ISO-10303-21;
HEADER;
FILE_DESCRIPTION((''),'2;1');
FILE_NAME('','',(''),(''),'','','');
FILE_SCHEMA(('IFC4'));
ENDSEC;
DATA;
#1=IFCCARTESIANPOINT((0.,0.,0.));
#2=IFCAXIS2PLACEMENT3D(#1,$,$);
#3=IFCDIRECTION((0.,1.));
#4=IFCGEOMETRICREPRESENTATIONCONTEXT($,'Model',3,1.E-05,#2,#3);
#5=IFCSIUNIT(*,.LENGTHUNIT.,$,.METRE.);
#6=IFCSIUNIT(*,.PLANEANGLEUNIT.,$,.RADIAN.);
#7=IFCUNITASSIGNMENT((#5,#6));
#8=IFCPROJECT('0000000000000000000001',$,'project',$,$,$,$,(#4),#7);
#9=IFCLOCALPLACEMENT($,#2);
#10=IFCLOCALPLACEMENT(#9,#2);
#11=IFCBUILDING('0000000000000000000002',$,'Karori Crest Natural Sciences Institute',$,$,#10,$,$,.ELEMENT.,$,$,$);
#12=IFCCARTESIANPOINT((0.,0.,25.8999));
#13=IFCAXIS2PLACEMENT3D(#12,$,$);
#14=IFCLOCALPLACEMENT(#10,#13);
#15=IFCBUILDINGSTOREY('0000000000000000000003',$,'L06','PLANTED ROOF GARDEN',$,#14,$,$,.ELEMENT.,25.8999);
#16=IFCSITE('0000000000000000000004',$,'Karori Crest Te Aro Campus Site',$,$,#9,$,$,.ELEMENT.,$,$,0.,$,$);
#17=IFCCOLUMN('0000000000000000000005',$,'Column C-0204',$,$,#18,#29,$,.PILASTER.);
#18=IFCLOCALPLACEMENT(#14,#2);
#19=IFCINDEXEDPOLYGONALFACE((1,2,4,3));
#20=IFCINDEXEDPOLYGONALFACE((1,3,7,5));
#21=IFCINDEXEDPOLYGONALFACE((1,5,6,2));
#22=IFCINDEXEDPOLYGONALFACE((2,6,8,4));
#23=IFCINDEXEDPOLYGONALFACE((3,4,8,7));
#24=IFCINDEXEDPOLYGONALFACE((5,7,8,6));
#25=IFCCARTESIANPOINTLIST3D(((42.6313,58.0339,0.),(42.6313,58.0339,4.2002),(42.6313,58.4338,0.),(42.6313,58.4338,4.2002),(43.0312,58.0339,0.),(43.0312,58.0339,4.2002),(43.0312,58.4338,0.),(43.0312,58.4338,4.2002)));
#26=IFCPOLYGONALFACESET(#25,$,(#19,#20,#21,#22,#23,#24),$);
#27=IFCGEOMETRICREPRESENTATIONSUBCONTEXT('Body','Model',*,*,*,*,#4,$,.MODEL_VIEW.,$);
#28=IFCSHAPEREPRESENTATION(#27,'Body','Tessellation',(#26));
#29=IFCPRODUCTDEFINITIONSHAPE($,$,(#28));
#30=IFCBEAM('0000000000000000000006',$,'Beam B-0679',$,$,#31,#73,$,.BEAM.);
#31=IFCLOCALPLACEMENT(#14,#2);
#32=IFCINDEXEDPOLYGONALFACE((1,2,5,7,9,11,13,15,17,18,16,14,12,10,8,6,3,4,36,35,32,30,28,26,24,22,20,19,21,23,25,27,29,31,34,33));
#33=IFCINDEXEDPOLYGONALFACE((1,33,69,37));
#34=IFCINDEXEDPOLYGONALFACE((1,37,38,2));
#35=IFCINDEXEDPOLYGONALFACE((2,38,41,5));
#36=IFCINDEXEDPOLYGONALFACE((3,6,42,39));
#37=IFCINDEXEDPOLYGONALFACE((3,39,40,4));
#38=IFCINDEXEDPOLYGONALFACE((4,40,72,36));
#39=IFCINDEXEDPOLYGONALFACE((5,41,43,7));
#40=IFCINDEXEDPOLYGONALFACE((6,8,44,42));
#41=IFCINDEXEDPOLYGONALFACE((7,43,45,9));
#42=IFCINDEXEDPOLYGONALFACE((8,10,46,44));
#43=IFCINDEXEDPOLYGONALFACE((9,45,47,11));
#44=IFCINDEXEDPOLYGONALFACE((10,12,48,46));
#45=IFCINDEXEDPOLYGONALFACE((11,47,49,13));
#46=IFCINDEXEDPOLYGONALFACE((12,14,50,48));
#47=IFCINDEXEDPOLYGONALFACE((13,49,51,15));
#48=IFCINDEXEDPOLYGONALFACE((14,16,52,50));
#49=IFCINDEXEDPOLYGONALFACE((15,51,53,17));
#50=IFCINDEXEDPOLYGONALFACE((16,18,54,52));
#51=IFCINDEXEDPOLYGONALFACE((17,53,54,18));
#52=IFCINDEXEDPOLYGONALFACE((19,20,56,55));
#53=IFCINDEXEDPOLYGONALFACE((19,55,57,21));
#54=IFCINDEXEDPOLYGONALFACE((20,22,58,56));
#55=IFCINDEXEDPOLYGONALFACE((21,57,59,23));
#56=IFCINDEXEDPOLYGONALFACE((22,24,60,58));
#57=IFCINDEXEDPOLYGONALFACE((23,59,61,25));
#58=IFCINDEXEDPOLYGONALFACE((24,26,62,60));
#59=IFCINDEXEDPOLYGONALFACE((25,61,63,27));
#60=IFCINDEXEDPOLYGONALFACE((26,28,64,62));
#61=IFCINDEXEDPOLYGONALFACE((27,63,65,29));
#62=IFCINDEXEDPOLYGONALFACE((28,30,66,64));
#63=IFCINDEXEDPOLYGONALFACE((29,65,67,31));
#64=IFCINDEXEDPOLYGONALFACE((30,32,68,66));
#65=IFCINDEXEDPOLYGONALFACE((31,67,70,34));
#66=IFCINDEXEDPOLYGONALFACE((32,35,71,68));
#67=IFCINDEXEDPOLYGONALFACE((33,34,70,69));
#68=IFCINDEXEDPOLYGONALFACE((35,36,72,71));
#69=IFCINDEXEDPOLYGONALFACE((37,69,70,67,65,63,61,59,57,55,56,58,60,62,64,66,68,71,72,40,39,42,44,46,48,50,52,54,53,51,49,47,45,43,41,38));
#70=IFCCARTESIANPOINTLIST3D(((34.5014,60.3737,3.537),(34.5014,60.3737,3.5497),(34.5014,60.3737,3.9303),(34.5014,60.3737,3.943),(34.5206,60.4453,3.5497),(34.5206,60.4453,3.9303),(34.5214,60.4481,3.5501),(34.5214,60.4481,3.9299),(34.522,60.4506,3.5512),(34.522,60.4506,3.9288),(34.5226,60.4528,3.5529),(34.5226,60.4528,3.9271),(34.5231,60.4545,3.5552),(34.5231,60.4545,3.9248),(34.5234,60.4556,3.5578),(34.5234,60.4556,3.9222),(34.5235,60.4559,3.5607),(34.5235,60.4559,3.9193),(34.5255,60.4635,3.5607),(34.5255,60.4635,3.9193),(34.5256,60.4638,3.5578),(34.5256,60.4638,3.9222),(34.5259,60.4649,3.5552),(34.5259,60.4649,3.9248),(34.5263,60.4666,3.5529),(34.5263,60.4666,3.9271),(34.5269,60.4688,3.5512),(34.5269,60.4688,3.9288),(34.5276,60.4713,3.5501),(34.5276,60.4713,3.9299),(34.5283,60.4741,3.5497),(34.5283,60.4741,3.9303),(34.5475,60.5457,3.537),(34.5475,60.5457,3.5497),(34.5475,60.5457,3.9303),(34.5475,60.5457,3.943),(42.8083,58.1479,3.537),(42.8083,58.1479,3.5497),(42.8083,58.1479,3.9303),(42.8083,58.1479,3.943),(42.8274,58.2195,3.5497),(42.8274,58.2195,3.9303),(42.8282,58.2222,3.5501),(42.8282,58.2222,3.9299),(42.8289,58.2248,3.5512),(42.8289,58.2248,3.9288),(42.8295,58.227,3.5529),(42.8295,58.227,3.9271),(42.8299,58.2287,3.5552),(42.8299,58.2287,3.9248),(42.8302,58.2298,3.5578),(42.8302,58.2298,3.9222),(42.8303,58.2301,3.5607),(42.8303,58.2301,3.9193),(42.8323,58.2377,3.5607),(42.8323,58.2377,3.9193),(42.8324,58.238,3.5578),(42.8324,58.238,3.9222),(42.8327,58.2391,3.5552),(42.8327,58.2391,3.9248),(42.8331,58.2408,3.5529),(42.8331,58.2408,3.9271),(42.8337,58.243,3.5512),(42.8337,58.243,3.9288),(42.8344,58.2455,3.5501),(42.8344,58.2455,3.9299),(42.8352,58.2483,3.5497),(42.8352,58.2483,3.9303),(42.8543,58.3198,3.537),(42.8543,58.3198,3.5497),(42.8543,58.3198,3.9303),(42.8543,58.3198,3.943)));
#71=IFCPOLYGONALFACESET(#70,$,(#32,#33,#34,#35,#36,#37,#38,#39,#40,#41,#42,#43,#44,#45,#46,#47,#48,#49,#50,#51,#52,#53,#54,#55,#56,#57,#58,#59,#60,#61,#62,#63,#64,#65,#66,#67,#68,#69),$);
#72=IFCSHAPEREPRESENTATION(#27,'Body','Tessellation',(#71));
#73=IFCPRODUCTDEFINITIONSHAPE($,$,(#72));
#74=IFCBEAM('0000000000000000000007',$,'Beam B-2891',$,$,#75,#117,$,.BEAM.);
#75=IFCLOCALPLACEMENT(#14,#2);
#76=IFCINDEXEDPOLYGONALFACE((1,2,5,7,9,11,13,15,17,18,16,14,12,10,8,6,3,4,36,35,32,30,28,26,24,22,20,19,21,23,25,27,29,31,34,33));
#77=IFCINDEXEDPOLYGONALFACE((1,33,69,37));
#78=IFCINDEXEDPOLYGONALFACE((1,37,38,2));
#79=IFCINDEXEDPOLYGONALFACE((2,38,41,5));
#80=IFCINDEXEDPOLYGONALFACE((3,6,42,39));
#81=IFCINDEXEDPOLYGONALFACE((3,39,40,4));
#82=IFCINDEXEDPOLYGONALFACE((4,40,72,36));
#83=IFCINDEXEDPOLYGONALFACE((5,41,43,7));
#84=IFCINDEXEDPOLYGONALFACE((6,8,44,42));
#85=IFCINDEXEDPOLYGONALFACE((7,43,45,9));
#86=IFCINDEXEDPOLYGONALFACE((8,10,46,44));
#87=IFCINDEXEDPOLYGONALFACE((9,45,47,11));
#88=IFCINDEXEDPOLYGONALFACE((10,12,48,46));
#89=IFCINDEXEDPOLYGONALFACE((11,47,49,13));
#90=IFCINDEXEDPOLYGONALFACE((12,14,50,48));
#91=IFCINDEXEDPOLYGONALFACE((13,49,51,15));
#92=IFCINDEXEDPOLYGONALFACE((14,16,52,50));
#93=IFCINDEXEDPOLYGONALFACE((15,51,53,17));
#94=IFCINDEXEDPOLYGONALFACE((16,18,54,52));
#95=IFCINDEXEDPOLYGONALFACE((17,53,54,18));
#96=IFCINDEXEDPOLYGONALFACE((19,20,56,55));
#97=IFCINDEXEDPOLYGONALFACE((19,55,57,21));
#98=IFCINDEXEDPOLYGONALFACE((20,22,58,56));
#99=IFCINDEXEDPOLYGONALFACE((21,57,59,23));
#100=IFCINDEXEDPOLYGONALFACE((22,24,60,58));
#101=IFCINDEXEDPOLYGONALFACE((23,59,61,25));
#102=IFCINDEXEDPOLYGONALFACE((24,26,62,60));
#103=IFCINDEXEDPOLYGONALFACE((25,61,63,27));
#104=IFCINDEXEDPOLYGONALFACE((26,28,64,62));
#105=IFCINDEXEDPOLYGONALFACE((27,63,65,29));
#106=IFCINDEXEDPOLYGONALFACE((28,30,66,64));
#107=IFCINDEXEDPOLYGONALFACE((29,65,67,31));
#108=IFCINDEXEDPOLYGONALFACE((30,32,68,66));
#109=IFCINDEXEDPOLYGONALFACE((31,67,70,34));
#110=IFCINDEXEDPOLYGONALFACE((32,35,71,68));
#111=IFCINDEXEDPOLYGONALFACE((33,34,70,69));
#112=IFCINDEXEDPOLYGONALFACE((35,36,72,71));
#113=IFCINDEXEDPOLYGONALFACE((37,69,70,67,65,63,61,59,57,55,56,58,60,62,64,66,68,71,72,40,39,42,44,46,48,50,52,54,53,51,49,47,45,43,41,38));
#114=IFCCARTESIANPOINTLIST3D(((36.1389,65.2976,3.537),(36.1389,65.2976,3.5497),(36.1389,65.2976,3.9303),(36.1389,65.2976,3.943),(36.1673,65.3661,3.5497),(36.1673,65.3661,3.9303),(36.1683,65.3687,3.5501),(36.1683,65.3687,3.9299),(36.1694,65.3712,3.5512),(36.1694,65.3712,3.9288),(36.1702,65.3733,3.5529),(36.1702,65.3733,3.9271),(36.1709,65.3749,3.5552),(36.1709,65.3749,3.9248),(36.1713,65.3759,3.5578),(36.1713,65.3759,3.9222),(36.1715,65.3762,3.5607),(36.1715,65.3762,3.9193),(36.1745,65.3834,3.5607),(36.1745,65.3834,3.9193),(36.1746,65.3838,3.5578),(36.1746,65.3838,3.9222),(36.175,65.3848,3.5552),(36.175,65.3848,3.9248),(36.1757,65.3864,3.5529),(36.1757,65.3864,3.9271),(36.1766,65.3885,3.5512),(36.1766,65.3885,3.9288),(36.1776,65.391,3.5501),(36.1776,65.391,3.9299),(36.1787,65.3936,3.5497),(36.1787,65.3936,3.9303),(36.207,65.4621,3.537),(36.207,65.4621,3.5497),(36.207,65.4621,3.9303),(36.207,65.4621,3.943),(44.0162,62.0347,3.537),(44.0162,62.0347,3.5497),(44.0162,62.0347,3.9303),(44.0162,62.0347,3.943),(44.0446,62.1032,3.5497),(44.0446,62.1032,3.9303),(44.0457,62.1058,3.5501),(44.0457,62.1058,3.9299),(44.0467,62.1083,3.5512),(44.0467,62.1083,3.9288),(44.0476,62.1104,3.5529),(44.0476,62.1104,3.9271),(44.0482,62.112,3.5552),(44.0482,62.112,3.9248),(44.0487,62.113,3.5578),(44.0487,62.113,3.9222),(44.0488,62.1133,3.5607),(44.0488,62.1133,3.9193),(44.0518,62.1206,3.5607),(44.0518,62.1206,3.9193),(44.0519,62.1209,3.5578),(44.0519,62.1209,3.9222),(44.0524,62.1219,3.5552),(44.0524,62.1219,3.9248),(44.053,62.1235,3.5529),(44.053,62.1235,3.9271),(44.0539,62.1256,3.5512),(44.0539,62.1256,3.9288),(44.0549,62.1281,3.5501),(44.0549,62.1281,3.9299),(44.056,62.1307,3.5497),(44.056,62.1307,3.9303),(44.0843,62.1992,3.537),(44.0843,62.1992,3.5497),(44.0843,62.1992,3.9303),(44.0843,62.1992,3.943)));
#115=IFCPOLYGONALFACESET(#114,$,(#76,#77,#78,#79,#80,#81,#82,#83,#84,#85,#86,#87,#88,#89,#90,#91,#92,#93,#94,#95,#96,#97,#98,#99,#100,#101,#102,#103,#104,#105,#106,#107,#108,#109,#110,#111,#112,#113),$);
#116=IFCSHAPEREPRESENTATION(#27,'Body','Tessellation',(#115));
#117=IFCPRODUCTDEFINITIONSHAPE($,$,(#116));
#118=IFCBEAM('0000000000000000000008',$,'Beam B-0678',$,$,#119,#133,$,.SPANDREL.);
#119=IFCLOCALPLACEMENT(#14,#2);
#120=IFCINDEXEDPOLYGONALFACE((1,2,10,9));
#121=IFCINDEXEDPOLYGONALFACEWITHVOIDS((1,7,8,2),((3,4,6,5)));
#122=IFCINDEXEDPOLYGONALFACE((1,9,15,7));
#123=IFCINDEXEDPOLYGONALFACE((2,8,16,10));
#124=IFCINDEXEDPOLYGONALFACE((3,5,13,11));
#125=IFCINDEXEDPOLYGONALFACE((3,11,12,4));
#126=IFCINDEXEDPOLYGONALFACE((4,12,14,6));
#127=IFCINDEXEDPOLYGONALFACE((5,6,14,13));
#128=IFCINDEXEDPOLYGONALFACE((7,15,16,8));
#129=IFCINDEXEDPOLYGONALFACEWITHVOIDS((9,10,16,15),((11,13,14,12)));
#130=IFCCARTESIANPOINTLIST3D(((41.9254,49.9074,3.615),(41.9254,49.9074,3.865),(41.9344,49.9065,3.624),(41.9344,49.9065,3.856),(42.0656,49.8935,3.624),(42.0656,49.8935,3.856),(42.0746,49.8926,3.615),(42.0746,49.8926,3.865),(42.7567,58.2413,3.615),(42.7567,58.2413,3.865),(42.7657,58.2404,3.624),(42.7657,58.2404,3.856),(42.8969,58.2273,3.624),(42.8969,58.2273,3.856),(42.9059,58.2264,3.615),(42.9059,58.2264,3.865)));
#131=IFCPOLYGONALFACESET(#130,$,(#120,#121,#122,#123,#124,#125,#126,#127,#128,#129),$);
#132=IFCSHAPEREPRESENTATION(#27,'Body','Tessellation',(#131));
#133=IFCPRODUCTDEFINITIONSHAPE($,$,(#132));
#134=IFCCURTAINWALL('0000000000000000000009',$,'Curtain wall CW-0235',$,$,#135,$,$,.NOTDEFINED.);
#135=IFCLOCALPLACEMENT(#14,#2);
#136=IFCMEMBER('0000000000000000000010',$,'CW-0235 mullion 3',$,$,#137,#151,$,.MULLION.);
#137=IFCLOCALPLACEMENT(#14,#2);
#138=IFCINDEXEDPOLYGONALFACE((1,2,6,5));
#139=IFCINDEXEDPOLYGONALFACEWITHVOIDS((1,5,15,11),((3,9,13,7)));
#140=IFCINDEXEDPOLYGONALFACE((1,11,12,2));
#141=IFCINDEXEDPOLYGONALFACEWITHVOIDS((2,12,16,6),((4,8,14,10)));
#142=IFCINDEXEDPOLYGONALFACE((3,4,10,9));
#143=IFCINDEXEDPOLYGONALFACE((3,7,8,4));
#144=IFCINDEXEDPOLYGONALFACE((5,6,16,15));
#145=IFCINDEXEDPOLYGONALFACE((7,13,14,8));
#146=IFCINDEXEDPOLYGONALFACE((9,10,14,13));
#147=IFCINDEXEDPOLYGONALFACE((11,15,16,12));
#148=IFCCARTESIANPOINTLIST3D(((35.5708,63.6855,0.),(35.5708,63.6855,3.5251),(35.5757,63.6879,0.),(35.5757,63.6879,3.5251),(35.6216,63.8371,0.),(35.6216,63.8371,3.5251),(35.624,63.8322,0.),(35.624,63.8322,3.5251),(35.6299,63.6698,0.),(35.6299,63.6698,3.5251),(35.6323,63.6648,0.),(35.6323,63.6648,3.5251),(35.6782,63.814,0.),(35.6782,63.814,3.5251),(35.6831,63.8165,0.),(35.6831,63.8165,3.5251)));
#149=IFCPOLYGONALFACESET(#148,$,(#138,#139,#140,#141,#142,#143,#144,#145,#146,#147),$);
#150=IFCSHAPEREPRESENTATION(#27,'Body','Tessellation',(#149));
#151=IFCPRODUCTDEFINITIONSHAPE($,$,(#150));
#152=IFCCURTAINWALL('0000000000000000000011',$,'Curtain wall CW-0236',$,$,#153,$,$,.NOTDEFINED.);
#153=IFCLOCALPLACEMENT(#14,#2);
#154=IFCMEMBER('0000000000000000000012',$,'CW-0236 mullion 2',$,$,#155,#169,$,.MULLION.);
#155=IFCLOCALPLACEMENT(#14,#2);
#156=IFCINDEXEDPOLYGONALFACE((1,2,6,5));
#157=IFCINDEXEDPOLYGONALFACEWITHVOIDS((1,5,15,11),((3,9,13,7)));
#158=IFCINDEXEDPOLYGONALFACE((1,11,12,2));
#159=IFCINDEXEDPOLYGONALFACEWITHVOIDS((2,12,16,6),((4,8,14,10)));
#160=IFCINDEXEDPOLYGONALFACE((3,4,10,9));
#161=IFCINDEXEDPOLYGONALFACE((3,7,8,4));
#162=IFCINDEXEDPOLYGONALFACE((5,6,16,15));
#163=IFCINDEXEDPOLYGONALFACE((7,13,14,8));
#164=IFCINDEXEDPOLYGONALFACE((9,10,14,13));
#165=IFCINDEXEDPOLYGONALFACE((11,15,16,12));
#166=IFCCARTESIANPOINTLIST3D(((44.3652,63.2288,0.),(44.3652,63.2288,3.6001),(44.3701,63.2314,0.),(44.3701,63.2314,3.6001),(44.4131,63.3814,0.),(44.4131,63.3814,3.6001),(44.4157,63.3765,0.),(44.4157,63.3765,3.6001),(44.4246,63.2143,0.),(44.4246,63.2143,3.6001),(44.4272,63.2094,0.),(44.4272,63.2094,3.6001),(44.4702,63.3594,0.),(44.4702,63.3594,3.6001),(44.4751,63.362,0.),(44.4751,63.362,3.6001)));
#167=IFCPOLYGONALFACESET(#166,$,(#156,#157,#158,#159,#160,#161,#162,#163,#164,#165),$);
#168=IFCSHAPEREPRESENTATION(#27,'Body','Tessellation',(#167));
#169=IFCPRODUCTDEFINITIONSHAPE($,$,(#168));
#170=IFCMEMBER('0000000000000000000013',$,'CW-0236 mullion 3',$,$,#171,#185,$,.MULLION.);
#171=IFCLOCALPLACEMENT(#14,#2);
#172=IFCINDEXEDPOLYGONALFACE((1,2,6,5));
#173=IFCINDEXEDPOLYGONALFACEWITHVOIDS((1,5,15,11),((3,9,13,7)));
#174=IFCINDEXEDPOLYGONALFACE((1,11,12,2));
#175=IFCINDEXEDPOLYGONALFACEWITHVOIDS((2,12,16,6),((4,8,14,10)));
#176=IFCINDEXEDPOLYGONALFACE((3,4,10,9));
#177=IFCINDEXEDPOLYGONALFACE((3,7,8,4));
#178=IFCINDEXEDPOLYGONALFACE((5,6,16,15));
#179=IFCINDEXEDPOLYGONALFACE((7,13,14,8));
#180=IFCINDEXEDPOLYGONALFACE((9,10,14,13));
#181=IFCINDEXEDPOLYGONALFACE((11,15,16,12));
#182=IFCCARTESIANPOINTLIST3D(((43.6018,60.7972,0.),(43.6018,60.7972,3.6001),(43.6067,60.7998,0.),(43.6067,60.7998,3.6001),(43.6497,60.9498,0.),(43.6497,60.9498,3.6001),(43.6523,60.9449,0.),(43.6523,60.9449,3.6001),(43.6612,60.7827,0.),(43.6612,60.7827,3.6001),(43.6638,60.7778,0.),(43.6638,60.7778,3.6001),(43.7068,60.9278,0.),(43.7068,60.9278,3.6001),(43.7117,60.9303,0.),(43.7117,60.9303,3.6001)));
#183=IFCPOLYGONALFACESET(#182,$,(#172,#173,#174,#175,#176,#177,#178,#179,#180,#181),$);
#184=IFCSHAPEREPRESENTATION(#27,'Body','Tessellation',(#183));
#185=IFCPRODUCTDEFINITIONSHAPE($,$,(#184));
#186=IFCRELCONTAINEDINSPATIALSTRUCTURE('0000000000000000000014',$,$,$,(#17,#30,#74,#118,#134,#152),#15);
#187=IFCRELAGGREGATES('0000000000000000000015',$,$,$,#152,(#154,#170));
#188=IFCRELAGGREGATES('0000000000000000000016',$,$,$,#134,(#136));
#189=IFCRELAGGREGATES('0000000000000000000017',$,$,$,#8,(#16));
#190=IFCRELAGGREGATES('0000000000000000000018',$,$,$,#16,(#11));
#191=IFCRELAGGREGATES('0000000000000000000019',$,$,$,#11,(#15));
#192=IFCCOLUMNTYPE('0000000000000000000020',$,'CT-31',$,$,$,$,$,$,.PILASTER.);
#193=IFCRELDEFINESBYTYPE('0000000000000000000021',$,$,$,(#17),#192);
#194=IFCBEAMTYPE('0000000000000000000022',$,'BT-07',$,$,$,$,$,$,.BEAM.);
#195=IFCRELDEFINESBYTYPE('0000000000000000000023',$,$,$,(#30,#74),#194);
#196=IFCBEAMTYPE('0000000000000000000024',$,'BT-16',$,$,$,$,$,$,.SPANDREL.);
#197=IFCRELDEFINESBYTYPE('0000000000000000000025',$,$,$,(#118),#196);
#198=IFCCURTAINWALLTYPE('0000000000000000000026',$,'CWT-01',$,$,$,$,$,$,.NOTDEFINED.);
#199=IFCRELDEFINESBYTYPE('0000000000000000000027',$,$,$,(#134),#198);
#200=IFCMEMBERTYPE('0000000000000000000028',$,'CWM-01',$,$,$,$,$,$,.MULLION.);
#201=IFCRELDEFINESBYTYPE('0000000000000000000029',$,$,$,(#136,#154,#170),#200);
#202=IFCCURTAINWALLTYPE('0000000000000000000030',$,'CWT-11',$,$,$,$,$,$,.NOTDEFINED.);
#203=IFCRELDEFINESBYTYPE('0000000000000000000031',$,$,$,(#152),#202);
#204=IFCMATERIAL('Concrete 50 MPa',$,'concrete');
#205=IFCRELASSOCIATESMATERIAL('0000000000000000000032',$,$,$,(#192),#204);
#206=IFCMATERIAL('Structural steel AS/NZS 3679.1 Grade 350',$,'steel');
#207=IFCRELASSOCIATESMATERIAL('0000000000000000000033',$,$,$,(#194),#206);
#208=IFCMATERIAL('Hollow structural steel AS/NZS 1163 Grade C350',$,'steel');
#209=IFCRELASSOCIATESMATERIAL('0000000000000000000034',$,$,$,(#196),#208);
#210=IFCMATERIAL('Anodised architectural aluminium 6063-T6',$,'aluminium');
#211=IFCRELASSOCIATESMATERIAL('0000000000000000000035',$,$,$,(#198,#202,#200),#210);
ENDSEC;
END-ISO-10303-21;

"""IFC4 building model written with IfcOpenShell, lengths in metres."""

from ifc_helpers import new_model, si_unit, direction, frame, origin, origin_2d, place, context, subcontext, project, spatial, rectangle, hollow_rectangle, i_section, extrude, material, material_profile, profile_set, type_object, element, aggregate, save


model = new_model("IFC4")

# Units and contexts
model_context = context("Model", 3, precision=1e-05, world=origin(), true_north=direction((0.0, 1.0)))
body_context = subcontext(model_context, "Body", "Model", "MODEL_VIEW")
ifc_project = project(units=[si_unit("LENGTHUNIT", "METRE"), si_unit("PLANEANGLEUNIT", "RADIAN")], contexts=[model_context])

# Site, building, storey
site_placement = place(None, origin())
site = spatial("IfcSite", under=ifc_project, at=site_placement, Name="Karori Crest Te Aro Campus Site", CompositionType="ELEMENT", RefElevation=0.0)
building_placement = place(site_placement, origin())
building = spatial("IfcBuilding", under=site, at=building_placement, Name="Karori Crest Natural Sciences Institute", CompositionType="ELEMENT")
storey_placement = place(building_placement, frame((0.0, 0.0, 25.8999)))
storey = spatial("IfcBuildingStorey", under=building, at=storey_placement, Name="L06", Description="PLANTED ROOF GARDEN", CompositionType="ELEMENT", Elevation=25.8999)

# Column
ifc_material_1 = material(Name="Concrete 50 MPa", Category="concrete")
ifc_material_profile_1 = material_profile(ifc_material_1, rectangle(XDim=0.3999, YDim=0.3999, at=origin_2d()), Name="RC400x400")
ifc_profile_set_1 = profile_set([ifc_material_profile_1], Name="Concrete 50 MPa")
column_type = type_object("IfcColumnType", Name="CT-31", PredefinedType="PILASTER", material=ifc_profile_set_1)
column_placement = place(storey_placement, frame((42.8313, 58.2339, 0.0), z_axis=(0.0, 0.0, 1.0), x_axis=(1.0, 0.0, 0.0)))
element("IfcColumn", 1, at=column_placement, inside=storey, type_object=column_type, Name="Column C-0204", PredefinedType="PILASTER", context=body_context, shape_type="SweptSolid", body=[
    extrude(rectangle(XDim=0.3999, YDim=0.3999, at=origin_2d()), origin(), (0.0, 0.0, 1.0), 4.2002),
])

# Beams
ifc_material_2 = material(Name="Structural steel AS/NZS 3679.1 Grade 350", Category="steel")
ifc_material_profile_2 = material_profile(ifc_material_2, i_section(OverallWidth=0.178, OverallDepth=0.406, WebThickness=0.0078, FlangeThickness=0.0127, FilletRadius=0.011, at=origin_2d()), Name="410UB59.7")
ifc_profile_set_2 = profile_set([ifc_material_profile_2], Name="Structural steel AS/NZS 3679.1 Grade 350")
beam_type_1 = type_object("IfcBeamType", Name="BT-07", PredefinedType="BEAM", material=ifc_profile_set_2)
beam_1_placement = place(storey_placement, frame((42.8313, 58.2339, 3.74), z_axis=(-0.965926, 0.25882, 0.0), x_axis=(-0.25882, -0.965926, 0.0)))
element("IfcBeam", 2, at=beam_1_placement, inside=storey, type_object=beam_type_1, Name="Beam B-0679", PredefinedType="BEAM", context=body_context, shape_type="SweptSolid", body=[
    extrude(i_section(OverallWidth=0.178, OverallDepth=0.406, WebThickness=0.0078, FlangeThickness=0.0127, FilletRadius=0.011, at=origin_2d()), origin(), (0.0, 0.0, 1.0), 8.5999),
])
beam_2_placement = place(storey_placement, frame((44.0503, 62.1169, 3.74), z_axis=(-0.92388, 0.382683, 0.0), x_axis=(-0.382683, -0.92388, 0.0)))
element("IfcBeam", 3, at=beam_2_placement, inside=storey, type_object=beam_type_1, Name="Beam B-2891", PredefinedType="BEAM", context=body_context, shape_type="SweptSolid", body=[
    extrude(i_section(OverallWidth=0.178, OverallDepth=0.406, WebThickness=0.0078, FlangeThickness=0.0127, FilletRadius=0.011, at=origin_2d()), origin(), (0.0, 0.0, 1.0), 8.5264),
])
ifc_material_3 = material(Name="Hollow structural steel AS/NZS 1163 Grade C350", Category="steel")
ifc_material_profile_3 = material_profile(ifc_material_3, hollow_rectangle(XDim=0.1499, YDim=0.25, WallThickness=0.009, at=origin_2d()), Name="RHS250x150x9")
ifc_profile_set_3 = profile_set([ifc_material_profile_3], Name="Hollow structural steel AS/NZS 1163 Grade C350")
beam_type_2 = type_object("IfcBeamType", Name="BT-16", PredefinedType="SPANDREL", material=ifc_profile_set_3)
beam_3_placement = place(storey_placement, frame((42.8313, 58.2339, 3.74), z_axis=(-0.099256, -0.995062, 0.0), x_axis=(0.995062, -0.099256, 0.0)))
element("IfcBeam", 4, at=beam_3_placement, inside=storey, type_object=beam_type_2, Name="Beam B-0678", PredefinedType="SPANDREL", context=body_context, shape_type="SweptSolid", body=[
    extrude(hollow_rectangle(XDim=0.1499, YDim=0.25, WallThickness=0.009, at=origin_2d()), origin(), (0.0, 0.0, 1.0), 8.3752),
])

# Curtain wall, member
ifc_material_4 = material(Name="Anodised architectural aluminium 6063-T6", Category="aluminium")
curtain_wall_type_1 = type_object("IfcCurtainWallType", Name="CWT-01", PredefinedType="NOTDEFINED", material=ifc_material_4)
curtain_wall_1_placement = place(storey_placement, origin())
curtain_wall_1 = element("IfcCurtainWall", 5, at=curtain_wall_1_placement, inside=storey, type_object=curtain_wall_type_1, Name="Curtain wall CW-0235", PredefinedType="NOTDEFINED")
ifc_material_profile_4 = material_profile(ifc_material_4, hollow_rectangle(XDim=0.0649, YDim=0.1599, WallThickness=0.0039, at=origin_2d()), Name="CWM160x65x4")
ifc_profile_set_4 = profile_set([ifc_material_profile_4], Name="Anodised architectural aluminium 6063-T6")
member_type_1 = type_object("IfcMemberType", Name="CWM-01", PredefinedType="MULLION", material=ifc_profile_set_4)
member_1_placement = place(storey_placement, frame((35.627, 63.751, 0.0), z_axis=(0.0, 0.0, 1.0), x_axis=(-0.948198, 0.31768, 0.0)))
member_1 = element("IfcMember", 6, at=member_1_placement, type_object=member_type_1, Name="CW-0235 mullion 3", PredefinedType="MULLION", context=body_context, shape_type="SweptSolid", body=[
    extrude(hollow_rectangle(XDim=0.0649, YDim=0.1599, WallThickness=0.0039, at=origin_2d()), origin(), (0.0, 0.0, 1.0), 3.5251),
])

# Curtain wall, members
curtain_wall_type_2 = type_object("IfcCurtainWallType", Name="CWT-11", PredefinedType="NOTDEFINED", material=ifc_material_4)
curtain_wall_2_placement = place(storey_placement, origin())
curtain_wall_2 = element("IfcCurtainWall", 7, at=curtain_wall_2_placement, inside=storey, type_object=curtain_wall_type_2, Name="Curtain wall CW-0236", PredefinedType="NOTDEFINED")
member_2_placement = place(storey_placement, frame((44.4202, 63.2954, 0.0), z_axis=(0.0, 0.0, 1.0), x_axis=(0.954104, -0.299475, 0.0)))
member_2 = element("IfcMember", 8, at=member_2_placement, type_object=member_type_1, Name="CW-0236 mullion 2", PredefinedType="MULLION", context=body_context, shape_type="SweptSolid", body=[
    extrude(hollow_rectangle(XDim=0.0649, YDim=0.1599, WallThickness=0.0039, at=origin_2d()), origin(), (0.0, 0.0, 1.0), 3.6001),
])
member_3_placement = place(storey_placement, frame((43.6567, 60.8638, 0.0), z_axis=(0.0, 0.0, 1.0), x_axis=(0.954104, -0.299475, 0.0)))
member_3 = element("IfcMember", 9, at=member_3_placement, type_object=member_type_1, Name="CW-0236 mullion 3", PredefinedType="MULLION", context=body_context, shape_type="SweptSolid", body=[
    extrude(hollow_rectangle(XDim=0.0649, YDim=0.1599, WallThickness=0.0039, at=origin_2d()), origin(), (0.0, 0.0, 1.0), 3.6001),
])

aggregate(curtain_wall_2, [member_2, member_3])
aggregate(curtain_wall_1, [member_1])

save(model, "model.ifc")
